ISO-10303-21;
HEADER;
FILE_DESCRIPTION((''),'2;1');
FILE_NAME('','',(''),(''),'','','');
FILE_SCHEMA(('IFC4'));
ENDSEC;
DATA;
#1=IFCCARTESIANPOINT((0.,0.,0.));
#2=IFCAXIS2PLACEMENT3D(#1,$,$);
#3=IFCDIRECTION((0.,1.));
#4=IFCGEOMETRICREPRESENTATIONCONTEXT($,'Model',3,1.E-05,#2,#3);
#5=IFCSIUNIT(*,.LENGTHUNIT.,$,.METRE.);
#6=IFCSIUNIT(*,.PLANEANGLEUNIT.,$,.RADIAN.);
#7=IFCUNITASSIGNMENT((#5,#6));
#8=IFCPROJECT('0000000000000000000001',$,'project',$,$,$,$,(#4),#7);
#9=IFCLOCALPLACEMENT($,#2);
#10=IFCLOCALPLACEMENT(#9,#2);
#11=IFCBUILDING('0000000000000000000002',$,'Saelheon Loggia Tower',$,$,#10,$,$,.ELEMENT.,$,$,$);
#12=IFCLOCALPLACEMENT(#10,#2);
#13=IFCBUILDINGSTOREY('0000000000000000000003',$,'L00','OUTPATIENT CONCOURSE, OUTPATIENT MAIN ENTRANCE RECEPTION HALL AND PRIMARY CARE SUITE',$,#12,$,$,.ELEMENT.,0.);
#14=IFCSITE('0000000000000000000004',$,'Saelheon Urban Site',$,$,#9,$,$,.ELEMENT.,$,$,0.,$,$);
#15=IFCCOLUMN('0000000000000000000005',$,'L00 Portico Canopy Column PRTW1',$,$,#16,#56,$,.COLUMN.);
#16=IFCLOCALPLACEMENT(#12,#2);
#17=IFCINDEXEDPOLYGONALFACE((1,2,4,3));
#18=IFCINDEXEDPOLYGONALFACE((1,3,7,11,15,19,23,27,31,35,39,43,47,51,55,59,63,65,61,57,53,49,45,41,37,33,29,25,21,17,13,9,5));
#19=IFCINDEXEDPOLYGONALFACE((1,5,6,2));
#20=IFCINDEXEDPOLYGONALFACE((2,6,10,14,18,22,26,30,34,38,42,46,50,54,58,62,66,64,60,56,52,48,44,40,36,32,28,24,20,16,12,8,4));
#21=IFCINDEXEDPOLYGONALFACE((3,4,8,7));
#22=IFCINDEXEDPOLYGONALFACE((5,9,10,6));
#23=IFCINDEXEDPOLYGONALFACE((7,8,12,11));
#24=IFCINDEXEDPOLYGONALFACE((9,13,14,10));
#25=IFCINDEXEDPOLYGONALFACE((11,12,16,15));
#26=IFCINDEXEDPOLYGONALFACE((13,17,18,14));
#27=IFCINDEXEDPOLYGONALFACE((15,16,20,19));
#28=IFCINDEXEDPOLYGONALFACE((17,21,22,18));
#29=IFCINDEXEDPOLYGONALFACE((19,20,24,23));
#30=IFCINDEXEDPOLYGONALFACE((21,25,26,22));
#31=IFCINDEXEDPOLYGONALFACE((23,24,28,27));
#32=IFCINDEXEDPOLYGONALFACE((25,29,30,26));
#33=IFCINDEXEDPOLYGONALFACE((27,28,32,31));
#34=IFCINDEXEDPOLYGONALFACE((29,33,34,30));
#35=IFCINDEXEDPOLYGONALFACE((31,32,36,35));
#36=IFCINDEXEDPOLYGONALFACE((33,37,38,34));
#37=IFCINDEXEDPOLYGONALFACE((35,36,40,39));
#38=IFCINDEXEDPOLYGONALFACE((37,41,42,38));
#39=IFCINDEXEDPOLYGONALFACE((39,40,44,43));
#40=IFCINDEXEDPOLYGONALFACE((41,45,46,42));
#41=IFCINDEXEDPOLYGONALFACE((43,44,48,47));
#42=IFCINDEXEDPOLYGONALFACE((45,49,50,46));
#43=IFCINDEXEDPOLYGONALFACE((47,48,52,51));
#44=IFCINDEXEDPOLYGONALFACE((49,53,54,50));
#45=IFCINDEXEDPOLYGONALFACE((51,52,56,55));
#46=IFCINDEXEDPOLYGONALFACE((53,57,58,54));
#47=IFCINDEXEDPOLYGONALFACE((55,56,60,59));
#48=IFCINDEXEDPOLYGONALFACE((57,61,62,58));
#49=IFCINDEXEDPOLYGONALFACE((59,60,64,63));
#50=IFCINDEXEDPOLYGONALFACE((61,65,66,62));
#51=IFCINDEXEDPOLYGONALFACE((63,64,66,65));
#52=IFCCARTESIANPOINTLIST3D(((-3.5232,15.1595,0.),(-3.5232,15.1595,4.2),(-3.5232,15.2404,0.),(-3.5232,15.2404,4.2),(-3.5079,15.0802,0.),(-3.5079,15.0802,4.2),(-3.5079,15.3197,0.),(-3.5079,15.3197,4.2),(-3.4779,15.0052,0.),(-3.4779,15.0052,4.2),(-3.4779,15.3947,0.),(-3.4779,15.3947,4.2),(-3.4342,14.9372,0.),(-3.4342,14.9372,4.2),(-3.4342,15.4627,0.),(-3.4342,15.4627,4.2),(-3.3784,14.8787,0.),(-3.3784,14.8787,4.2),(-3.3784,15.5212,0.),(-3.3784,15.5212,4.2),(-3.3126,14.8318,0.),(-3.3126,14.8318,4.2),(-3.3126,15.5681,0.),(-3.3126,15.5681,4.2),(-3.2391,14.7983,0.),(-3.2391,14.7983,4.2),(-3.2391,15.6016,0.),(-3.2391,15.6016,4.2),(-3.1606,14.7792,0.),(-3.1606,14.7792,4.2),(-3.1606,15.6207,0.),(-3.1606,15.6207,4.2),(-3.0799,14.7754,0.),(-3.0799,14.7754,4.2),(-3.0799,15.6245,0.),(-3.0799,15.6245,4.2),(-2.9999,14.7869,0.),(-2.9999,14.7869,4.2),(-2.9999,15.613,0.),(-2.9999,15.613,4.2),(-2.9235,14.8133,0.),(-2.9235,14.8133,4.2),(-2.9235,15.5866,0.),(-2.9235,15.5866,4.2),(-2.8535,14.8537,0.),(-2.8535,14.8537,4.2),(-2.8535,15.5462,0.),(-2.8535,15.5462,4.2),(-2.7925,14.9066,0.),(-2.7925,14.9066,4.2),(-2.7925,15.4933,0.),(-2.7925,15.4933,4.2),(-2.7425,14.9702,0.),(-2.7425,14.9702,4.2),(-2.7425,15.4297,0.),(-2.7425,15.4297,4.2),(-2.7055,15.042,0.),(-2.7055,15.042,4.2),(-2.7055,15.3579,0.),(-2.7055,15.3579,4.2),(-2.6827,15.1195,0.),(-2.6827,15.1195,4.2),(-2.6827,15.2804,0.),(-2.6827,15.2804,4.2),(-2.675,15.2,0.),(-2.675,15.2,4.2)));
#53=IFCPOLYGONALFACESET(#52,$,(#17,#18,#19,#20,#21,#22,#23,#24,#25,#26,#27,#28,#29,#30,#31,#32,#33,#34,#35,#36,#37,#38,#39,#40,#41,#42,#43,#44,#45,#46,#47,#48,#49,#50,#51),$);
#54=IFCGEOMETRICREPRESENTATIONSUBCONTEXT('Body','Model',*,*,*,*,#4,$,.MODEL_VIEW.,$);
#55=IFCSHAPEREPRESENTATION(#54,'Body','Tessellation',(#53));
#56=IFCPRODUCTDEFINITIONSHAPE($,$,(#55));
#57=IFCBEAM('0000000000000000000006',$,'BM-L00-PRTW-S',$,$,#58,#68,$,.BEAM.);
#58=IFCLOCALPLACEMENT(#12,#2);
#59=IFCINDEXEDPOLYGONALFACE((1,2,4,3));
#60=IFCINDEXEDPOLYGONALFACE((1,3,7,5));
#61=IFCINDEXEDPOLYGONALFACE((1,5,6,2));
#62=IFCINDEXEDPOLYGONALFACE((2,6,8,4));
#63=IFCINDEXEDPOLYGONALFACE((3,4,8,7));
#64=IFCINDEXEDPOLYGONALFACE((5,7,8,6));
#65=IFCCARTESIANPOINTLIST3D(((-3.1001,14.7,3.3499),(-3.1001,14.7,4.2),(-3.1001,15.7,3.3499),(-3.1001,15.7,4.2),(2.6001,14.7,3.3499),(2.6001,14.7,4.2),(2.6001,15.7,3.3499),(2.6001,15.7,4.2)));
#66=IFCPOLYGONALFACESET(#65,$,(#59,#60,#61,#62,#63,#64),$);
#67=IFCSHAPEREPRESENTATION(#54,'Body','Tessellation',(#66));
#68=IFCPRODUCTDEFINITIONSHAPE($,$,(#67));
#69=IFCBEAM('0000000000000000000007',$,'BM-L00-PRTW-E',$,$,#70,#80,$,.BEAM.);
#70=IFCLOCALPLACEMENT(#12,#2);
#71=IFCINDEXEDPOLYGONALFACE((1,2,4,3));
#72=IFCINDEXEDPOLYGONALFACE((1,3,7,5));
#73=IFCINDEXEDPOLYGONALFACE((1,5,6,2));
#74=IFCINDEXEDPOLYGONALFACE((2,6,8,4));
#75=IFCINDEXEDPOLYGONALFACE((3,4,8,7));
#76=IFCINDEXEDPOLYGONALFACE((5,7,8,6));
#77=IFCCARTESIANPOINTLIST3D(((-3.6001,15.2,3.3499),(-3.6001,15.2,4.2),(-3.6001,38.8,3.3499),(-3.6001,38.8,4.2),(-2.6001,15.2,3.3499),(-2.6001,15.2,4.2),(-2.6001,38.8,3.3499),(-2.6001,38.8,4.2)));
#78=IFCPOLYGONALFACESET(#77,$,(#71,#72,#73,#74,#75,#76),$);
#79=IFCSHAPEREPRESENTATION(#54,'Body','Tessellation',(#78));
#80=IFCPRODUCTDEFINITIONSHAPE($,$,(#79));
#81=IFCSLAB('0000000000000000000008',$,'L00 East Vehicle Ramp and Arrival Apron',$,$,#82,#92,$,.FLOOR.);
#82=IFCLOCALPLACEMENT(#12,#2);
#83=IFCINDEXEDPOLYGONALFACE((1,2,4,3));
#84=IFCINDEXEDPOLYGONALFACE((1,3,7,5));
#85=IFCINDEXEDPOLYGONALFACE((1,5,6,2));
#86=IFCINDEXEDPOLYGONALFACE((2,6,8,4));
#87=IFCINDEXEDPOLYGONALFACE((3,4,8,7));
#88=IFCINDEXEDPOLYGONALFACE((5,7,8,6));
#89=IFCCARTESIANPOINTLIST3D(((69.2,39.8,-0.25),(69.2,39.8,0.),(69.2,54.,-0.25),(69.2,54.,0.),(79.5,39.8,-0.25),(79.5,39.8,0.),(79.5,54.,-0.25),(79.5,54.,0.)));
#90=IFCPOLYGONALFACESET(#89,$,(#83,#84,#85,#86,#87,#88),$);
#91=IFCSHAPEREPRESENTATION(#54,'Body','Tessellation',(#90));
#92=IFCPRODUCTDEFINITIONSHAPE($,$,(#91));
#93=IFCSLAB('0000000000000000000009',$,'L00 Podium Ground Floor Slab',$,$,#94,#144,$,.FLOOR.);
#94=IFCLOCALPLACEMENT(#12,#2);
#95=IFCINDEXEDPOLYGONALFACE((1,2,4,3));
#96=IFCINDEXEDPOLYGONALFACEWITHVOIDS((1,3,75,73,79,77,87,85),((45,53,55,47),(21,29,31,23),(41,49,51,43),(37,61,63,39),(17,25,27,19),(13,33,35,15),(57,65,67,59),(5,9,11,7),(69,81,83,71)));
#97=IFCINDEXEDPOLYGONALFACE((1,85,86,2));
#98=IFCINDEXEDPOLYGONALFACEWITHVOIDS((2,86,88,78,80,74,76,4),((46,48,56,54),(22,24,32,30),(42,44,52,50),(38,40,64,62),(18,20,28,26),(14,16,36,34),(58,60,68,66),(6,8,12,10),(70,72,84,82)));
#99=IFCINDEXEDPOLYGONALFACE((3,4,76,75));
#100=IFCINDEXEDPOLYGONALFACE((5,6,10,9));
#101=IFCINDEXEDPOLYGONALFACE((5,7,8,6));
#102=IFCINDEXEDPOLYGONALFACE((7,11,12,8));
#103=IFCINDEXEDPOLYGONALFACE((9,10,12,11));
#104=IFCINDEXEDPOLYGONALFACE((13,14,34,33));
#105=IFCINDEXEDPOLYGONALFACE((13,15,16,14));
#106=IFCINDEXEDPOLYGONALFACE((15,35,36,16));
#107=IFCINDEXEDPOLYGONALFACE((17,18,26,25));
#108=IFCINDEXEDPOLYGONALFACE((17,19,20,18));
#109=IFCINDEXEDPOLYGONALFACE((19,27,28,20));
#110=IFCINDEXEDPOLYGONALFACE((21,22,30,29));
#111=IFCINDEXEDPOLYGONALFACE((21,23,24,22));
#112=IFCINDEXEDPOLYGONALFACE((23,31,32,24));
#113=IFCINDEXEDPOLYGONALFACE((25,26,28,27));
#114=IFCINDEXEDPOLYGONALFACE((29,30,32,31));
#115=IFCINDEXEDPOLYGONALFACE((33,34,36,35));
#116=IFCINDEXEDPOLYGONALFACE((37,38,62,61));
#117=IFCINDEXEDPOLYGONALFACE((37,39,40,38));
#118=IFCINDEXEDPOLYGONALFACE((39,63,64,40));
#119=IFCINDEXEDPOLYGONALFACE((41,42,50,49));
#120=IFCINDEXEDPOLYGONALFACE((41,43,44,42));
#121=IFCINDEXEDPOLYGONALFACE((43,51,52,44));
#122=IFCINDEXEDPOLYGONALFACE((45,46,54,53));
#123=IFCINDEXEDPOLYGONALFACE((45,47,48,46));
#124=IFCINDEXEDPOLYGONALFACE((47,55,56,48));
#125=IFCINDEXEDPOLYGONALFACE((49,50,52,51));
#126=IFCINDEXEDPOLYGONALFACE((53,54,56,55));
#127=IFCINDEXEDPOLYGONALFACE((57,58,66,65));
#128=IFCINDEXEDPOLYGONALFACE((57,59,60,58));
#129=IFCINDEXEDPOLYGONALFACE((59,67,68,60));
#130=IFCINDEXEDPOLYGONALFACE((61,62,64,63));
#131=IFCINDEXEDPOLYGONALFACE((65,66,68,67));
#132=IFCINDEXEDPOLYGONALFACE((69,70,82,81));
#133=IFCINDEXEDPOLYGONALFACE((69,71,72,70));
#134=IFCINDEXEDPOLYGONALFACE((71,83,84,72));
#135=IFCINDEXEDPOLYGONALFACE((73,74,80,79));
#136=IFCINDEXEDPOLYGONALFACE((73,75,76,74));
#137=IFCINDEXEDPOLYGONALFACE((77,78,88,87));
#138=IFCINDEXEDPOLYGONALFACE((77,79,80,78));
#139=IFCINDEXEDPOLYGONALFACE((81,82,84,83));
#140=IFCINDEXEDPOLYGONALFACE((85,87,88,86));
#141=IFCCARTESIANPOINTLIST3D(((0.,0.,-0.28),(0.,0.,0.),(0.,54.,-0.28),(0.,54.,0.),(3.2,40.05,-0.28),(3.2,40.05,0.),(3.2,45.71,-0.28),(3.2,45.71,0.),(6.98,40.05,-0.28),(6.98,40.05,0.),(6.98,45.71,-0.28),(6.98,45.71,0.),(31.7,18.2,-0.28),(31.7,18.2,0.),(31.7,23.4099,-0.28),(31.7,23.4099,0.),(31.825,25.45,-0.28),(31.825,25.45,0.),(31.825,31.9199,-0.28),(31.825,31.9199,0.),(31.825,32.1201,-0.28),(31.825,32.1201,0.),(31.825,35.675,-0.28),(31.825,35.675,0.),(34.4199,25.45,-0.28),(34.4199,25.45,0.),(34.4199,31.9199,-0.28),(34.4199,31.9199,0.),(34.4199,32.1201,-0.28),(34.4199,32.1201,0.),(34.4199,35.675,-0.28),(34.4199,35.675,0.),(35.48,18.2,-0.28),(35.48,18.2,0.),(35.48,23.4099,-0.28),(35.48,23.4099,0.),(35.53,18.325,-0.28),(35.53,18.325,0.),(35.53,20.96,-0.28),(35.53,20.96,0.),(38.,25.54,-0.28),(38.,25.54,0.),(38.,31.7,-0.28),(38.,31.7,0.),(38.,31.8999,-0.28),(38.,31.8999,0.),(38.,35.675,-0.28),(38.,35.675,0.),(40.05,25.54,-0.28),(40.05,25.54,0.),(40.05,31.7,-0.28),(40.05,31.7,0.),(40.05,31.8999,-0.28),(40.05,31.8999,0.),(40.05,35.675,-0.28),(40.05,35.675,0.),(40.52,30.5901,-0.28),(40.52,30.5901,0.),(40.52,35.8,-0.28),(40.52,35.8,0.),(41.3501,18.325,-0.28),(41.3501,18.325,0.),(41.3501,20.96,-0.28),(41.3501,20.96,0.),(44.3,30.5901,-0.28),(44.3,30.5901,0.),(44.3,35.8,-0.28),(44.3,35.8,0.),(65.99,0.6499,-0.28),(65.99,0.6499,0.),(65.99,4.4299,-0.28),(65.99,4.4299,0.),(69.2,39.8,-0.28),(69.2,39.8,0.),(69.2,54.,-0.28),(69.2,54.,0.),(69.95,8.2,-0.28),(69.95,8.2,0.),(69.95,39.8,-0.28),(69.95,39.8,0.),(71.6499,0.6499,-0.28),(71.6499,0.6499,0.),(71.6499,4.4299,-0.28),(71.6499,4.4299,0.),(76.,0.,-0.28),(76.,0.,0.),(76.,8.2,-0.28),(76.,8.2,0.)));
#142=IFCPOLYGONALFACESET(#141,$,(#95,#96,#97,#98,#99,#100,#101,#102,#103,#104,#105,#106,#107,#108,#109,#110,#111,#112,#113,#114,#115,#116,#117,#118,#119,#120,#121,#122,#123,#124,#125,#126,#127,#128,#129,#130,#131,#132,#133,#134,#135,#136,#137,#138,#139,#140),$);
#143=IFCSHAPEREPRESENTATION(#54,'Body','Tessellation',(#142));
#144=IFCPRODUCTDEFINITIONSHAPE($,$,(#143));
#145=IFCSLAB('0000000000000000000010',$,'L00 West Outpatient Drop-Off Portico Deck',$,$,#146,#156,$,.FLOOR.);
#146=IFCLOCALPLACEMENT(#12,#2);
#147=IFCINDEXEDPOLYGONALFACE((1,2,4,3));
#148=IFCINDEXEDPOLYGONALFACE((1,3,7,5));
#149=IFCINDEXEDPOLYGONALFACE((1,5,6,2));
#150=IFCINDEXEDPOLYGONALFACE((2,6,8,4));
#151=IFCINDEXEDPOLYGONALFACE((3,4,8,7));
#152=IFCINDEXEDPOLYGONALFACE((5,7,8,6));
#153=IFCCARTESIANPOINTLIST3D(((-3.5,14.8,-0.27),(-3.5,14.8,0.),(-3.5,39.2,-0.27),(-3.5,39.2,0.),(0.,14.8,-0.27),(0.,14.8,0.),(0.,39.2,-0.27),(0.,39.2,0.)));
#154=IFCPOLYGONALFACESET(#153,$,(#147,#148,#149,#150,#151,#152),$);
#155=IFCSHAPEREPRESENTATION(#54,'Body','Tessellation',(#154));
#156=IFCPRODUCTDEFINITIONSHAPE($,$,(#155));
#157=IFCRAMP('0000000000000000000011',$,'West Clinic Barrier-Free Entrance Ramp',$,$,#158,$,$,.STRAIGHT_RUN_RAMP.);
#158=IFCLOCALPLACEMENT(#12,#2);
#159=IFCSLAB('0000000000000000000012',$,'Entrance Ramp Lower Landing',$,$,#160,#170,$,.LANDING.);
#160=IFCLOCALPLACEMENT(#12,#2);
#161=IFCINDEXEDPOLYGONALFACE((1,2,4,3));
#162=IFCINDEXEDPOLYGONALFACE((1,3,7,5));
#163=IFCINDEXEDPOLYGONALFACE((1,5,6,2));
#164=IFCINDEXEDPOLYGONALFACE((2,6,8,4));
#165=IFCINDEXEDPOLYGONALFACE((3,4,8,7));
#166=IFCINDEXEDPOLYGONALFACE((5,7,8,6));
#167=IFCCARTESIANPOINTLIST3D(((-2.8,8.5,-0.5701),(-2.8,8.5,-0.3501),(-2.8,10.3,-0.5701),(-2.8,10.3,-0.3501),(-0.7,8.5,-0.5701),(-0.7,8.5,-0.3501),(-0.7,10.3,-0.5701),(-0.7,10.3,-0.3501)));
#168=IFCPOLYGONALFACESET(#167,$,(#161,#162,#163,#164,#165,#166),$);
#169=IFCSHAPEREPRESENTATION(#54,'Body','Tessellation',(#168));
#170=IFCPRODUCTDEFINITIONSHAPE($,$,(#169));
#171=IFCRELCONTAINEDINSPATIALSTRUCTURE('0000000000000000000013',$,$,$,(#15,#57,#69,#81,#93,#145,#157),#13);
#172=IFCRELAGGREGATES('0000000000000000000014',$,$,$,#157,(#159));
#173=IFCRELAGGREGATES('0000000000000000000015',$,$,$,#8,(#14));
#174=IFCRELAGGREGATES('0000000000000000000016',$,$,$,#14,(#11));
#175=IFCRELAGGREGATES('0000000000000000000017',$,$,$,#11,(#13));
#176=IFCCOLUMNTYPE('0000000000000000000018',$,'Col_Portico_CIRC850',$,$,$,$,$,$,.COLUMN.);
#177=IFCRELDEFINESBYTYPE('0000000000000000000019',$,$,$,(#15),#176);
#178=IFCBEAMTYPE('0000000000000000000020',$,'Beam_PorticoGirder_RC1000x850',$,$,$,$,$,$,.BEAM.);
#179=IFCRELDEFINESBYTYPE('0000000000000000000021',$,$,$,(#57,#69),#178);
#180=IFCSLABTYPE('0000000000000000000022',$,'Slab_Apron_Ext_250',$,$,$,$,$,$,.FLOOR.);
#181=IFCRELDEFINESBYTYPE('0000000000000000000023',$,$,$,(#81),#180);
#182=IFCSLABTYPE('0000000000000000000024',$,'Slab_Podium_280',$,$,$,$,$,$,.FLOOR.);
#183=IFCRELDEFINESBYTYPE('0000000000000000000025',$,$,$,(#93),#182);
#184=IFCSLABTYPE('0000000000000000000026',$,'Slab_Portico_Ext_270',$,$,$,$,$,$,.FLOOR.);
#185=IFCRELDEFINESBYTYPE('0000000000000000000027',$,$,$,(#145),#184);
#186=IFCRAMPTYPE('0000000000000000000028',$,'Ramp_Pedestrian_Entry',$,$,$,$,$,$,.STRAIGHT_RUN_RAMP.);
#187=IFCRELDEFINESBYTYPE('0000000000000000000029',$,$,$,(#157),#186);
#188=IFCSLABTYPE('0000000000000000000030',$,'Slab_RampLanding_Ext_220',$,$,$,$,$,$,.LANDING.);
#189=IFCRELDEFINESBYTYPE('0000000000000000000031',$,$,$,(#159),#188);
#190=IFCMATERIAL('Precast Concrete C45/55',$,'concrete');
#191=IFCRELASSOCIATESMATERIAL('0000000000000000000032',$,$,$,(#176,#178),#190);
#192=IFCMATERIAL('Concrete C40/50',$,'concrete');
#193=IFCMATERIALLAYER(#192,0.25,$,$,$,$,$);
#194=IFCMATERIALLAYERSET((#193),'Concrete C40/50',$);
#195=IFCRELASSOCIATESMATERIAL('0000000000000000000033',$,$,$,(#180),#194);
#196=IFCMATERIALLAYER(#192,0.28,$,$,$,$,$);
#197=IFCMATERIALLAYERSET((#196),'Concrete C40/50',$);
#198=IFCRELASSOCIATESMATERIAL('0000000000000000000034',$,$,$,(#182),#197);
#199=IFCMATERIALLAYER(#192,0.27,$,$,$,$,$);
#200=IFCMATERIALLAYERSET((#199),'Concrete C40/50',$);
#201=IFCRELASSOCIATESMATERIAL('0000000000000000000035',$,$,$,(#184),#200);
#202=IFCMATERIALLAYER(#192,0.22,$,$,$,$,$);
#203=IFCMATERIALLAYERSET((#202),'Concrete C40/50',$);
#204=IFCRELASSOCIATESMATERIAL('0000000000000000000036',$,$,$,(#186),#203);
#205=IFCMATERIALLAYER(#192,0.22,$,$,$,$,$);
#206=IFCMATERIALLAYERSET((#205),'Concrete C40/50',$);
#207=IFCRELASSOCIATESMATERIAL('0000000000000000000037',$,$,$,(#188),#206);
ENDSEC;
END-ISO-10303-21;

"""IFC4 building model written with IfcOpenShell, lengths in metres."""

from ifc_helpers import new_model, si_unit, direction, frame, origin, origin_2d, place, context, subcontext, project, spatial, polyline, rectangle, circle, outline, extrude, source, transform, mapped, material, layer, layer_set, material_profile, profile_set, type_object, element, aggregate, save


model = new_model("IFC4")

# Units and contexts
model_context = context("Model", 3, precision=1e-05, world=origin(), true_north=direction((0.0, 1.0)))
body_context = subcontext(model_context, "Body", "Model", "MODEL_VIEW")
ifc_project = project(units=[si_unit("LENGTHUNIT", "METRE"), si_unit("PLANEANGLEUNIT", "RADIAN")], contexts=[model_context])

# Site, building, storey
site_placement = place(None, origin())
site = spatial("IfcSite", under=ifc_project, at=site_placement, Name="Saelheon Urban Site", CompositionType="ELEMENT", RefElevation=0.0)
building_placement = place(site_placement, origin())
building = spatial("IfcBuilding", under=site, at=building_placement, Name="Saelheon Loggia Tower", CompositionType="ELEMENT")
storey_placement = place(building_placement, origin())
storey = spatial("IfcBuildingStorey", under=building, at=storey_placement, Name="L00", Description="OUTPATIENT CONCOURSE, OUTPATIENT MAIN ENTRANCE RECEPTION HALL AND PRIMARY CARE SUITE", CompositionType="ELEMENT", Elevation=0.0)

# Column
ifc_material_1 = material(Name="Precast Concrete C45/55", Category="concrete")
ifc_material_profile_1 = material_profile(ifc_material_1, circle(Radius=0.425, at=origin_2d()), Name="CIRC-850")
ifc_profile_set_1 = profile_set([ifc_material_profile_1], Name="Precast Concrete C45/55")
column_type = type_object("IfcColumnType", Name="Col_Portico_CIRC850", PredefinedType="COLUMN", material=ifc_profile_set_1)
shared_shape_1 = source(origin(), body_context, "Body", "SweptSolid", [
    extrude(circle(Radius=0.425, at=origin_2d()), origin(), (0.0, 0.0, 1.0), 4.2),
])
column_placement = place(storey_placement, frame((-3.1001, 15.2, 0.0), z_axis=(0.0, 0.0, 1.0), x_axis=(1.0, 0.0, 0.0)))
element("IfcColumn", 1, at=column_placement, inside=storey, type_object=column_type, Name="L00 Portico Canopy Column PRTW1", PredefinedType="COLUMN", context=body_context, shape_type="MappedRepresentation", body=[
    mapped(shared_shape_1, transform((0.0, 0.0, 0.0), scale=1.0)),
])

# Beams
ifc_material_profile_2 = material_profile(ifc_material_1, rectangle(XDim=1.0, YDim=0.8501, at=origin_2d()), Name="RC-1000x850")
ifc_profile_set_2 = profile_set([ifc_material_profile_2], Name="Precast Concrete C45/55")
beam_type = type_object("IfcBeamType", Name="Beam_PorticoGirder_RC1000x850", PredefinedType="BEAM", material=ifc_profile_set_2)
shared_shape_2 = source(origin(), body_context, "Body", "SweptSolid", [
    extrude(rectangle(XDim=1.0, YDim=0.8501, at=origin_2d()), origin(), (0.0, 0.0, 1.0), 5.7002),
])
beam_1_placement = place(storey_placement, frame((-3.1001, 15.2, 3.7749), z_axis=(1.0, 0.0, 0.0), x_axis=(0.0, 1.0, 0.0)))
element("IfcBeam", 2, at=beam_1_placement, inside=storey, type_object=beam_type, Name="BM-L00-PRTW-S", PredefinedType="BEAM", context=body_context, shape_type="MappedRepresentation", body=[
    mapped(shared_shape_2, transform((0.0, 0.0, 0.0), scale=1.0)),
])
shared_shape_3 = source(origin(), body_context, "Body", "SweptSolid", [
    extrude(rectangle(XDim=1.0, YDim=0.8501, at=origin_2d()), origin(), (0.0, 0.0, 1.0), 23.6001),
])
beam_2_placement = place(storey_placement, frame((-3.1001, 15.2, 3.7749), z_axis=(0.0, 1.0, 0.0), x_axis=(-1.0, 0.0, 0.0)))
element("IfcBeam", 3, at=beam_2_placement, inside=storey, type_object=beam_type, Name="BM-L00-PRTW-E", PredefinedType="BEAM", context=body_context, shape_type="MappedRepresentation", body=[
    mapped(shared_shape_3, transform((0.0, 0.0, 0.0), scale=1.0)),
])

# Slabs
ifc_material_2 = material(Name="Concrete C40/50", Category="concrete")
ifc_layer_1 = layer(ifc_material_2, 0.25)
ifc_layer_set_1 = layer_set([ifc_layer_1], Name="Concrete C40/50")
slab_type_1 = type_object("IfcSlabType", Name="Slab_Apron_Ext_250", PredefinedType="FLOOR", material=ifc_layer_set_1)
slab_1_placement = place(storey_placement, frame((0.0, 0.0, -0.25)))
element("IfcSlab", 4, at=slab_1_placement, inside=storey, type_object=slab_type_1, Name="L00 East Vehicle Ramp and Arrival Apron", PredefinedType="FLOOR", context=body_context, shape_type="SweptSolid", body=[
    extrude(outline(polyline([(69.2, 39.8), (79.5, 39.8), (79.5, 54.0), (69.2, 54.0), (69.2, 39.8)])), origin(), (0.0, 0.0, 1.0), 0.25),
])
ifc_layer_2 = layer(ifc_material_2, 0.28)
ifc_layer_set_2 = layer_set([ifc_layer_2], Name="Concrete C40/50")
slab_type_2 = type_object("IfcSlabType", Name="Slab_Podium_280", PredefinedType="FLOOR", material=ifc_layer_set_2)
slab_2_placement = place(storey_placement, frame((0.0, 0.0, -0.28)))
element("IfcSlab", 5, at=slab_2_placement, inside=storey, type_object=slab_type_2, Name="L00 Podium Ground Floor Slab", PredefinedType="FLOOR", context=body_context, shape_type="SweptSolid", body=[
    extrude(outline(polyline([(0.0, 0.0), (76.0, 0.0), (76.0, 8.2), (69.95, 8.2), (69.95, 39.8), (69.2, 39.8), (69.2, 54.0), (0.0, 54.0), (0.0, 0.0)]), holes=[polyline([(31.7, 23.4099), (31.7, 18.2), (35.48, 18.2), (35.48, 23.4099), (31.7, 23.4099)]), polyline([(44.3, 30.5901), (44.3, 35.8), (40.52, 35.8), (40.52, 30.5901), (44.3, 30.5901)]), polyline([(3.2, 45.71), (3.2, 40.05), (6.98, 40.05), (6.98, 45.71), (3.2, 45.71)]), polyline([(65.99, 0.6499), (71.6499, 0.6499), (71.6499, 4.4299), (65.99, 4.4299), (65.99, 0.6499)]), polyline([(35.53, 18.325), (41.3501, 18.325), (41.3501, 20.96), (35.53, 20.96), (35.53, 18.325)]), polyline([(31.825, 32.1201), (34.4199, 32.1201), (34.4199, 35.675), (31.825, 35.675), (31.825, 32.1201)]), polyline([(38.0, 31.8999), (40.05, 31.8999), (40.05, 35.675), (38.0, 35.675), (38.0, 31.8999)]), polyline([(31.825, 25.45), (34.4199, 25.45), (34.4199, 31.9199), (31.825, 31.9199), (31.825, 25.45)]), polyline([(38.0, 25.54), (40.05, 25.54), (40.05, 31.7), (38.0, 31.7), (38.0, 25.54)])]), origin(), (0.0, 0.0, 1.0), 0.28),
])
ifc_layer_3 = layer(ifc_material_2, 0.27)
ifc_layer_set_3 = layer_set([ifc_layer_3], Name="Concrete C40/50")
slab_type_3 = type_object("IfcSlabType", Name="Slab_Portico_Ext_270", PredefinedType="FLOOR", material=ifc_layer_set_3)
slab_3_placement = place(storey_placement, frame((0.0, 0.0, -0.27)))
element("IfcSlab", 6, at=slab_3_placement, inside=storey, type_object=slab_type_3, Name="L00 West Outpatient Drop-Off Portico Deck", PredefinedType="FLOOR", context=body_context, shape_type="SweptSolid", body=[
    extrude(outline(polyline([(-3.5, 14.8), (0.0, 14.8), (0.0, 39.2), (-3.5, 39.2), (-3.5, 14.8)])), origin(), (0.0, 0.0, 1.0), 0.27),
])

# Ramp, slab
ifc_layer_4 = layer(ifc_material_2, 0.22)
ifc_layer_set_4 = layer_set([ifc_layer_4], Name="Concrete C40/50")
ramp_type = type_object("IfcRampType", Name="Ramp_Pedestrian_Entry", PredefinedType="STRAIGHT_RUN_RAMP", material=ifc_layer_set_4)
ramp_placement = place(storey_placement, origin())
ramp = element("IfcRamp", 7, at=ramp_placement, inside=storey, type_object=ramp_type, Name="West Clinic Barrier-Free Entrance Ramp", PredefinedType="STRAIGHT_RUN_RAMP")
ifc_layer_5 = layer(ifc_material_2, 0.22)
ifc_layer_set_5 = layer_set([ifc_layer_5], Name="Concrete C40/50")
slab_type_4 = type_object("IfcSlabType", Name="Slab_RampLanding_Ext_220", PredefinedType="LANDING", material=ifc_layer_set_5)
slab_4_placement = place(storey_placement, frame((0.0, 0.0, -0.5701)))
slab_4 = element("IfcSlab", 8, at=slab_4_placement, type_object=slab_type_4, Name="Entrance Ramp Lower Landing", PredefinedType="LANDING", context=body_context, shape_type="SweptSolid", body=[
    extrude(outline(polyline([(-2.8, 8.5), (-0.7, 8.5), (-0.7, 10.3), (-2.8, 10.3), (-2.8, 8.5)])), origin(), (0.0, 0.0, 1.0), 0.22),
])

aggregate(ramp, [slab_4])

save(model, "model.ifc")
